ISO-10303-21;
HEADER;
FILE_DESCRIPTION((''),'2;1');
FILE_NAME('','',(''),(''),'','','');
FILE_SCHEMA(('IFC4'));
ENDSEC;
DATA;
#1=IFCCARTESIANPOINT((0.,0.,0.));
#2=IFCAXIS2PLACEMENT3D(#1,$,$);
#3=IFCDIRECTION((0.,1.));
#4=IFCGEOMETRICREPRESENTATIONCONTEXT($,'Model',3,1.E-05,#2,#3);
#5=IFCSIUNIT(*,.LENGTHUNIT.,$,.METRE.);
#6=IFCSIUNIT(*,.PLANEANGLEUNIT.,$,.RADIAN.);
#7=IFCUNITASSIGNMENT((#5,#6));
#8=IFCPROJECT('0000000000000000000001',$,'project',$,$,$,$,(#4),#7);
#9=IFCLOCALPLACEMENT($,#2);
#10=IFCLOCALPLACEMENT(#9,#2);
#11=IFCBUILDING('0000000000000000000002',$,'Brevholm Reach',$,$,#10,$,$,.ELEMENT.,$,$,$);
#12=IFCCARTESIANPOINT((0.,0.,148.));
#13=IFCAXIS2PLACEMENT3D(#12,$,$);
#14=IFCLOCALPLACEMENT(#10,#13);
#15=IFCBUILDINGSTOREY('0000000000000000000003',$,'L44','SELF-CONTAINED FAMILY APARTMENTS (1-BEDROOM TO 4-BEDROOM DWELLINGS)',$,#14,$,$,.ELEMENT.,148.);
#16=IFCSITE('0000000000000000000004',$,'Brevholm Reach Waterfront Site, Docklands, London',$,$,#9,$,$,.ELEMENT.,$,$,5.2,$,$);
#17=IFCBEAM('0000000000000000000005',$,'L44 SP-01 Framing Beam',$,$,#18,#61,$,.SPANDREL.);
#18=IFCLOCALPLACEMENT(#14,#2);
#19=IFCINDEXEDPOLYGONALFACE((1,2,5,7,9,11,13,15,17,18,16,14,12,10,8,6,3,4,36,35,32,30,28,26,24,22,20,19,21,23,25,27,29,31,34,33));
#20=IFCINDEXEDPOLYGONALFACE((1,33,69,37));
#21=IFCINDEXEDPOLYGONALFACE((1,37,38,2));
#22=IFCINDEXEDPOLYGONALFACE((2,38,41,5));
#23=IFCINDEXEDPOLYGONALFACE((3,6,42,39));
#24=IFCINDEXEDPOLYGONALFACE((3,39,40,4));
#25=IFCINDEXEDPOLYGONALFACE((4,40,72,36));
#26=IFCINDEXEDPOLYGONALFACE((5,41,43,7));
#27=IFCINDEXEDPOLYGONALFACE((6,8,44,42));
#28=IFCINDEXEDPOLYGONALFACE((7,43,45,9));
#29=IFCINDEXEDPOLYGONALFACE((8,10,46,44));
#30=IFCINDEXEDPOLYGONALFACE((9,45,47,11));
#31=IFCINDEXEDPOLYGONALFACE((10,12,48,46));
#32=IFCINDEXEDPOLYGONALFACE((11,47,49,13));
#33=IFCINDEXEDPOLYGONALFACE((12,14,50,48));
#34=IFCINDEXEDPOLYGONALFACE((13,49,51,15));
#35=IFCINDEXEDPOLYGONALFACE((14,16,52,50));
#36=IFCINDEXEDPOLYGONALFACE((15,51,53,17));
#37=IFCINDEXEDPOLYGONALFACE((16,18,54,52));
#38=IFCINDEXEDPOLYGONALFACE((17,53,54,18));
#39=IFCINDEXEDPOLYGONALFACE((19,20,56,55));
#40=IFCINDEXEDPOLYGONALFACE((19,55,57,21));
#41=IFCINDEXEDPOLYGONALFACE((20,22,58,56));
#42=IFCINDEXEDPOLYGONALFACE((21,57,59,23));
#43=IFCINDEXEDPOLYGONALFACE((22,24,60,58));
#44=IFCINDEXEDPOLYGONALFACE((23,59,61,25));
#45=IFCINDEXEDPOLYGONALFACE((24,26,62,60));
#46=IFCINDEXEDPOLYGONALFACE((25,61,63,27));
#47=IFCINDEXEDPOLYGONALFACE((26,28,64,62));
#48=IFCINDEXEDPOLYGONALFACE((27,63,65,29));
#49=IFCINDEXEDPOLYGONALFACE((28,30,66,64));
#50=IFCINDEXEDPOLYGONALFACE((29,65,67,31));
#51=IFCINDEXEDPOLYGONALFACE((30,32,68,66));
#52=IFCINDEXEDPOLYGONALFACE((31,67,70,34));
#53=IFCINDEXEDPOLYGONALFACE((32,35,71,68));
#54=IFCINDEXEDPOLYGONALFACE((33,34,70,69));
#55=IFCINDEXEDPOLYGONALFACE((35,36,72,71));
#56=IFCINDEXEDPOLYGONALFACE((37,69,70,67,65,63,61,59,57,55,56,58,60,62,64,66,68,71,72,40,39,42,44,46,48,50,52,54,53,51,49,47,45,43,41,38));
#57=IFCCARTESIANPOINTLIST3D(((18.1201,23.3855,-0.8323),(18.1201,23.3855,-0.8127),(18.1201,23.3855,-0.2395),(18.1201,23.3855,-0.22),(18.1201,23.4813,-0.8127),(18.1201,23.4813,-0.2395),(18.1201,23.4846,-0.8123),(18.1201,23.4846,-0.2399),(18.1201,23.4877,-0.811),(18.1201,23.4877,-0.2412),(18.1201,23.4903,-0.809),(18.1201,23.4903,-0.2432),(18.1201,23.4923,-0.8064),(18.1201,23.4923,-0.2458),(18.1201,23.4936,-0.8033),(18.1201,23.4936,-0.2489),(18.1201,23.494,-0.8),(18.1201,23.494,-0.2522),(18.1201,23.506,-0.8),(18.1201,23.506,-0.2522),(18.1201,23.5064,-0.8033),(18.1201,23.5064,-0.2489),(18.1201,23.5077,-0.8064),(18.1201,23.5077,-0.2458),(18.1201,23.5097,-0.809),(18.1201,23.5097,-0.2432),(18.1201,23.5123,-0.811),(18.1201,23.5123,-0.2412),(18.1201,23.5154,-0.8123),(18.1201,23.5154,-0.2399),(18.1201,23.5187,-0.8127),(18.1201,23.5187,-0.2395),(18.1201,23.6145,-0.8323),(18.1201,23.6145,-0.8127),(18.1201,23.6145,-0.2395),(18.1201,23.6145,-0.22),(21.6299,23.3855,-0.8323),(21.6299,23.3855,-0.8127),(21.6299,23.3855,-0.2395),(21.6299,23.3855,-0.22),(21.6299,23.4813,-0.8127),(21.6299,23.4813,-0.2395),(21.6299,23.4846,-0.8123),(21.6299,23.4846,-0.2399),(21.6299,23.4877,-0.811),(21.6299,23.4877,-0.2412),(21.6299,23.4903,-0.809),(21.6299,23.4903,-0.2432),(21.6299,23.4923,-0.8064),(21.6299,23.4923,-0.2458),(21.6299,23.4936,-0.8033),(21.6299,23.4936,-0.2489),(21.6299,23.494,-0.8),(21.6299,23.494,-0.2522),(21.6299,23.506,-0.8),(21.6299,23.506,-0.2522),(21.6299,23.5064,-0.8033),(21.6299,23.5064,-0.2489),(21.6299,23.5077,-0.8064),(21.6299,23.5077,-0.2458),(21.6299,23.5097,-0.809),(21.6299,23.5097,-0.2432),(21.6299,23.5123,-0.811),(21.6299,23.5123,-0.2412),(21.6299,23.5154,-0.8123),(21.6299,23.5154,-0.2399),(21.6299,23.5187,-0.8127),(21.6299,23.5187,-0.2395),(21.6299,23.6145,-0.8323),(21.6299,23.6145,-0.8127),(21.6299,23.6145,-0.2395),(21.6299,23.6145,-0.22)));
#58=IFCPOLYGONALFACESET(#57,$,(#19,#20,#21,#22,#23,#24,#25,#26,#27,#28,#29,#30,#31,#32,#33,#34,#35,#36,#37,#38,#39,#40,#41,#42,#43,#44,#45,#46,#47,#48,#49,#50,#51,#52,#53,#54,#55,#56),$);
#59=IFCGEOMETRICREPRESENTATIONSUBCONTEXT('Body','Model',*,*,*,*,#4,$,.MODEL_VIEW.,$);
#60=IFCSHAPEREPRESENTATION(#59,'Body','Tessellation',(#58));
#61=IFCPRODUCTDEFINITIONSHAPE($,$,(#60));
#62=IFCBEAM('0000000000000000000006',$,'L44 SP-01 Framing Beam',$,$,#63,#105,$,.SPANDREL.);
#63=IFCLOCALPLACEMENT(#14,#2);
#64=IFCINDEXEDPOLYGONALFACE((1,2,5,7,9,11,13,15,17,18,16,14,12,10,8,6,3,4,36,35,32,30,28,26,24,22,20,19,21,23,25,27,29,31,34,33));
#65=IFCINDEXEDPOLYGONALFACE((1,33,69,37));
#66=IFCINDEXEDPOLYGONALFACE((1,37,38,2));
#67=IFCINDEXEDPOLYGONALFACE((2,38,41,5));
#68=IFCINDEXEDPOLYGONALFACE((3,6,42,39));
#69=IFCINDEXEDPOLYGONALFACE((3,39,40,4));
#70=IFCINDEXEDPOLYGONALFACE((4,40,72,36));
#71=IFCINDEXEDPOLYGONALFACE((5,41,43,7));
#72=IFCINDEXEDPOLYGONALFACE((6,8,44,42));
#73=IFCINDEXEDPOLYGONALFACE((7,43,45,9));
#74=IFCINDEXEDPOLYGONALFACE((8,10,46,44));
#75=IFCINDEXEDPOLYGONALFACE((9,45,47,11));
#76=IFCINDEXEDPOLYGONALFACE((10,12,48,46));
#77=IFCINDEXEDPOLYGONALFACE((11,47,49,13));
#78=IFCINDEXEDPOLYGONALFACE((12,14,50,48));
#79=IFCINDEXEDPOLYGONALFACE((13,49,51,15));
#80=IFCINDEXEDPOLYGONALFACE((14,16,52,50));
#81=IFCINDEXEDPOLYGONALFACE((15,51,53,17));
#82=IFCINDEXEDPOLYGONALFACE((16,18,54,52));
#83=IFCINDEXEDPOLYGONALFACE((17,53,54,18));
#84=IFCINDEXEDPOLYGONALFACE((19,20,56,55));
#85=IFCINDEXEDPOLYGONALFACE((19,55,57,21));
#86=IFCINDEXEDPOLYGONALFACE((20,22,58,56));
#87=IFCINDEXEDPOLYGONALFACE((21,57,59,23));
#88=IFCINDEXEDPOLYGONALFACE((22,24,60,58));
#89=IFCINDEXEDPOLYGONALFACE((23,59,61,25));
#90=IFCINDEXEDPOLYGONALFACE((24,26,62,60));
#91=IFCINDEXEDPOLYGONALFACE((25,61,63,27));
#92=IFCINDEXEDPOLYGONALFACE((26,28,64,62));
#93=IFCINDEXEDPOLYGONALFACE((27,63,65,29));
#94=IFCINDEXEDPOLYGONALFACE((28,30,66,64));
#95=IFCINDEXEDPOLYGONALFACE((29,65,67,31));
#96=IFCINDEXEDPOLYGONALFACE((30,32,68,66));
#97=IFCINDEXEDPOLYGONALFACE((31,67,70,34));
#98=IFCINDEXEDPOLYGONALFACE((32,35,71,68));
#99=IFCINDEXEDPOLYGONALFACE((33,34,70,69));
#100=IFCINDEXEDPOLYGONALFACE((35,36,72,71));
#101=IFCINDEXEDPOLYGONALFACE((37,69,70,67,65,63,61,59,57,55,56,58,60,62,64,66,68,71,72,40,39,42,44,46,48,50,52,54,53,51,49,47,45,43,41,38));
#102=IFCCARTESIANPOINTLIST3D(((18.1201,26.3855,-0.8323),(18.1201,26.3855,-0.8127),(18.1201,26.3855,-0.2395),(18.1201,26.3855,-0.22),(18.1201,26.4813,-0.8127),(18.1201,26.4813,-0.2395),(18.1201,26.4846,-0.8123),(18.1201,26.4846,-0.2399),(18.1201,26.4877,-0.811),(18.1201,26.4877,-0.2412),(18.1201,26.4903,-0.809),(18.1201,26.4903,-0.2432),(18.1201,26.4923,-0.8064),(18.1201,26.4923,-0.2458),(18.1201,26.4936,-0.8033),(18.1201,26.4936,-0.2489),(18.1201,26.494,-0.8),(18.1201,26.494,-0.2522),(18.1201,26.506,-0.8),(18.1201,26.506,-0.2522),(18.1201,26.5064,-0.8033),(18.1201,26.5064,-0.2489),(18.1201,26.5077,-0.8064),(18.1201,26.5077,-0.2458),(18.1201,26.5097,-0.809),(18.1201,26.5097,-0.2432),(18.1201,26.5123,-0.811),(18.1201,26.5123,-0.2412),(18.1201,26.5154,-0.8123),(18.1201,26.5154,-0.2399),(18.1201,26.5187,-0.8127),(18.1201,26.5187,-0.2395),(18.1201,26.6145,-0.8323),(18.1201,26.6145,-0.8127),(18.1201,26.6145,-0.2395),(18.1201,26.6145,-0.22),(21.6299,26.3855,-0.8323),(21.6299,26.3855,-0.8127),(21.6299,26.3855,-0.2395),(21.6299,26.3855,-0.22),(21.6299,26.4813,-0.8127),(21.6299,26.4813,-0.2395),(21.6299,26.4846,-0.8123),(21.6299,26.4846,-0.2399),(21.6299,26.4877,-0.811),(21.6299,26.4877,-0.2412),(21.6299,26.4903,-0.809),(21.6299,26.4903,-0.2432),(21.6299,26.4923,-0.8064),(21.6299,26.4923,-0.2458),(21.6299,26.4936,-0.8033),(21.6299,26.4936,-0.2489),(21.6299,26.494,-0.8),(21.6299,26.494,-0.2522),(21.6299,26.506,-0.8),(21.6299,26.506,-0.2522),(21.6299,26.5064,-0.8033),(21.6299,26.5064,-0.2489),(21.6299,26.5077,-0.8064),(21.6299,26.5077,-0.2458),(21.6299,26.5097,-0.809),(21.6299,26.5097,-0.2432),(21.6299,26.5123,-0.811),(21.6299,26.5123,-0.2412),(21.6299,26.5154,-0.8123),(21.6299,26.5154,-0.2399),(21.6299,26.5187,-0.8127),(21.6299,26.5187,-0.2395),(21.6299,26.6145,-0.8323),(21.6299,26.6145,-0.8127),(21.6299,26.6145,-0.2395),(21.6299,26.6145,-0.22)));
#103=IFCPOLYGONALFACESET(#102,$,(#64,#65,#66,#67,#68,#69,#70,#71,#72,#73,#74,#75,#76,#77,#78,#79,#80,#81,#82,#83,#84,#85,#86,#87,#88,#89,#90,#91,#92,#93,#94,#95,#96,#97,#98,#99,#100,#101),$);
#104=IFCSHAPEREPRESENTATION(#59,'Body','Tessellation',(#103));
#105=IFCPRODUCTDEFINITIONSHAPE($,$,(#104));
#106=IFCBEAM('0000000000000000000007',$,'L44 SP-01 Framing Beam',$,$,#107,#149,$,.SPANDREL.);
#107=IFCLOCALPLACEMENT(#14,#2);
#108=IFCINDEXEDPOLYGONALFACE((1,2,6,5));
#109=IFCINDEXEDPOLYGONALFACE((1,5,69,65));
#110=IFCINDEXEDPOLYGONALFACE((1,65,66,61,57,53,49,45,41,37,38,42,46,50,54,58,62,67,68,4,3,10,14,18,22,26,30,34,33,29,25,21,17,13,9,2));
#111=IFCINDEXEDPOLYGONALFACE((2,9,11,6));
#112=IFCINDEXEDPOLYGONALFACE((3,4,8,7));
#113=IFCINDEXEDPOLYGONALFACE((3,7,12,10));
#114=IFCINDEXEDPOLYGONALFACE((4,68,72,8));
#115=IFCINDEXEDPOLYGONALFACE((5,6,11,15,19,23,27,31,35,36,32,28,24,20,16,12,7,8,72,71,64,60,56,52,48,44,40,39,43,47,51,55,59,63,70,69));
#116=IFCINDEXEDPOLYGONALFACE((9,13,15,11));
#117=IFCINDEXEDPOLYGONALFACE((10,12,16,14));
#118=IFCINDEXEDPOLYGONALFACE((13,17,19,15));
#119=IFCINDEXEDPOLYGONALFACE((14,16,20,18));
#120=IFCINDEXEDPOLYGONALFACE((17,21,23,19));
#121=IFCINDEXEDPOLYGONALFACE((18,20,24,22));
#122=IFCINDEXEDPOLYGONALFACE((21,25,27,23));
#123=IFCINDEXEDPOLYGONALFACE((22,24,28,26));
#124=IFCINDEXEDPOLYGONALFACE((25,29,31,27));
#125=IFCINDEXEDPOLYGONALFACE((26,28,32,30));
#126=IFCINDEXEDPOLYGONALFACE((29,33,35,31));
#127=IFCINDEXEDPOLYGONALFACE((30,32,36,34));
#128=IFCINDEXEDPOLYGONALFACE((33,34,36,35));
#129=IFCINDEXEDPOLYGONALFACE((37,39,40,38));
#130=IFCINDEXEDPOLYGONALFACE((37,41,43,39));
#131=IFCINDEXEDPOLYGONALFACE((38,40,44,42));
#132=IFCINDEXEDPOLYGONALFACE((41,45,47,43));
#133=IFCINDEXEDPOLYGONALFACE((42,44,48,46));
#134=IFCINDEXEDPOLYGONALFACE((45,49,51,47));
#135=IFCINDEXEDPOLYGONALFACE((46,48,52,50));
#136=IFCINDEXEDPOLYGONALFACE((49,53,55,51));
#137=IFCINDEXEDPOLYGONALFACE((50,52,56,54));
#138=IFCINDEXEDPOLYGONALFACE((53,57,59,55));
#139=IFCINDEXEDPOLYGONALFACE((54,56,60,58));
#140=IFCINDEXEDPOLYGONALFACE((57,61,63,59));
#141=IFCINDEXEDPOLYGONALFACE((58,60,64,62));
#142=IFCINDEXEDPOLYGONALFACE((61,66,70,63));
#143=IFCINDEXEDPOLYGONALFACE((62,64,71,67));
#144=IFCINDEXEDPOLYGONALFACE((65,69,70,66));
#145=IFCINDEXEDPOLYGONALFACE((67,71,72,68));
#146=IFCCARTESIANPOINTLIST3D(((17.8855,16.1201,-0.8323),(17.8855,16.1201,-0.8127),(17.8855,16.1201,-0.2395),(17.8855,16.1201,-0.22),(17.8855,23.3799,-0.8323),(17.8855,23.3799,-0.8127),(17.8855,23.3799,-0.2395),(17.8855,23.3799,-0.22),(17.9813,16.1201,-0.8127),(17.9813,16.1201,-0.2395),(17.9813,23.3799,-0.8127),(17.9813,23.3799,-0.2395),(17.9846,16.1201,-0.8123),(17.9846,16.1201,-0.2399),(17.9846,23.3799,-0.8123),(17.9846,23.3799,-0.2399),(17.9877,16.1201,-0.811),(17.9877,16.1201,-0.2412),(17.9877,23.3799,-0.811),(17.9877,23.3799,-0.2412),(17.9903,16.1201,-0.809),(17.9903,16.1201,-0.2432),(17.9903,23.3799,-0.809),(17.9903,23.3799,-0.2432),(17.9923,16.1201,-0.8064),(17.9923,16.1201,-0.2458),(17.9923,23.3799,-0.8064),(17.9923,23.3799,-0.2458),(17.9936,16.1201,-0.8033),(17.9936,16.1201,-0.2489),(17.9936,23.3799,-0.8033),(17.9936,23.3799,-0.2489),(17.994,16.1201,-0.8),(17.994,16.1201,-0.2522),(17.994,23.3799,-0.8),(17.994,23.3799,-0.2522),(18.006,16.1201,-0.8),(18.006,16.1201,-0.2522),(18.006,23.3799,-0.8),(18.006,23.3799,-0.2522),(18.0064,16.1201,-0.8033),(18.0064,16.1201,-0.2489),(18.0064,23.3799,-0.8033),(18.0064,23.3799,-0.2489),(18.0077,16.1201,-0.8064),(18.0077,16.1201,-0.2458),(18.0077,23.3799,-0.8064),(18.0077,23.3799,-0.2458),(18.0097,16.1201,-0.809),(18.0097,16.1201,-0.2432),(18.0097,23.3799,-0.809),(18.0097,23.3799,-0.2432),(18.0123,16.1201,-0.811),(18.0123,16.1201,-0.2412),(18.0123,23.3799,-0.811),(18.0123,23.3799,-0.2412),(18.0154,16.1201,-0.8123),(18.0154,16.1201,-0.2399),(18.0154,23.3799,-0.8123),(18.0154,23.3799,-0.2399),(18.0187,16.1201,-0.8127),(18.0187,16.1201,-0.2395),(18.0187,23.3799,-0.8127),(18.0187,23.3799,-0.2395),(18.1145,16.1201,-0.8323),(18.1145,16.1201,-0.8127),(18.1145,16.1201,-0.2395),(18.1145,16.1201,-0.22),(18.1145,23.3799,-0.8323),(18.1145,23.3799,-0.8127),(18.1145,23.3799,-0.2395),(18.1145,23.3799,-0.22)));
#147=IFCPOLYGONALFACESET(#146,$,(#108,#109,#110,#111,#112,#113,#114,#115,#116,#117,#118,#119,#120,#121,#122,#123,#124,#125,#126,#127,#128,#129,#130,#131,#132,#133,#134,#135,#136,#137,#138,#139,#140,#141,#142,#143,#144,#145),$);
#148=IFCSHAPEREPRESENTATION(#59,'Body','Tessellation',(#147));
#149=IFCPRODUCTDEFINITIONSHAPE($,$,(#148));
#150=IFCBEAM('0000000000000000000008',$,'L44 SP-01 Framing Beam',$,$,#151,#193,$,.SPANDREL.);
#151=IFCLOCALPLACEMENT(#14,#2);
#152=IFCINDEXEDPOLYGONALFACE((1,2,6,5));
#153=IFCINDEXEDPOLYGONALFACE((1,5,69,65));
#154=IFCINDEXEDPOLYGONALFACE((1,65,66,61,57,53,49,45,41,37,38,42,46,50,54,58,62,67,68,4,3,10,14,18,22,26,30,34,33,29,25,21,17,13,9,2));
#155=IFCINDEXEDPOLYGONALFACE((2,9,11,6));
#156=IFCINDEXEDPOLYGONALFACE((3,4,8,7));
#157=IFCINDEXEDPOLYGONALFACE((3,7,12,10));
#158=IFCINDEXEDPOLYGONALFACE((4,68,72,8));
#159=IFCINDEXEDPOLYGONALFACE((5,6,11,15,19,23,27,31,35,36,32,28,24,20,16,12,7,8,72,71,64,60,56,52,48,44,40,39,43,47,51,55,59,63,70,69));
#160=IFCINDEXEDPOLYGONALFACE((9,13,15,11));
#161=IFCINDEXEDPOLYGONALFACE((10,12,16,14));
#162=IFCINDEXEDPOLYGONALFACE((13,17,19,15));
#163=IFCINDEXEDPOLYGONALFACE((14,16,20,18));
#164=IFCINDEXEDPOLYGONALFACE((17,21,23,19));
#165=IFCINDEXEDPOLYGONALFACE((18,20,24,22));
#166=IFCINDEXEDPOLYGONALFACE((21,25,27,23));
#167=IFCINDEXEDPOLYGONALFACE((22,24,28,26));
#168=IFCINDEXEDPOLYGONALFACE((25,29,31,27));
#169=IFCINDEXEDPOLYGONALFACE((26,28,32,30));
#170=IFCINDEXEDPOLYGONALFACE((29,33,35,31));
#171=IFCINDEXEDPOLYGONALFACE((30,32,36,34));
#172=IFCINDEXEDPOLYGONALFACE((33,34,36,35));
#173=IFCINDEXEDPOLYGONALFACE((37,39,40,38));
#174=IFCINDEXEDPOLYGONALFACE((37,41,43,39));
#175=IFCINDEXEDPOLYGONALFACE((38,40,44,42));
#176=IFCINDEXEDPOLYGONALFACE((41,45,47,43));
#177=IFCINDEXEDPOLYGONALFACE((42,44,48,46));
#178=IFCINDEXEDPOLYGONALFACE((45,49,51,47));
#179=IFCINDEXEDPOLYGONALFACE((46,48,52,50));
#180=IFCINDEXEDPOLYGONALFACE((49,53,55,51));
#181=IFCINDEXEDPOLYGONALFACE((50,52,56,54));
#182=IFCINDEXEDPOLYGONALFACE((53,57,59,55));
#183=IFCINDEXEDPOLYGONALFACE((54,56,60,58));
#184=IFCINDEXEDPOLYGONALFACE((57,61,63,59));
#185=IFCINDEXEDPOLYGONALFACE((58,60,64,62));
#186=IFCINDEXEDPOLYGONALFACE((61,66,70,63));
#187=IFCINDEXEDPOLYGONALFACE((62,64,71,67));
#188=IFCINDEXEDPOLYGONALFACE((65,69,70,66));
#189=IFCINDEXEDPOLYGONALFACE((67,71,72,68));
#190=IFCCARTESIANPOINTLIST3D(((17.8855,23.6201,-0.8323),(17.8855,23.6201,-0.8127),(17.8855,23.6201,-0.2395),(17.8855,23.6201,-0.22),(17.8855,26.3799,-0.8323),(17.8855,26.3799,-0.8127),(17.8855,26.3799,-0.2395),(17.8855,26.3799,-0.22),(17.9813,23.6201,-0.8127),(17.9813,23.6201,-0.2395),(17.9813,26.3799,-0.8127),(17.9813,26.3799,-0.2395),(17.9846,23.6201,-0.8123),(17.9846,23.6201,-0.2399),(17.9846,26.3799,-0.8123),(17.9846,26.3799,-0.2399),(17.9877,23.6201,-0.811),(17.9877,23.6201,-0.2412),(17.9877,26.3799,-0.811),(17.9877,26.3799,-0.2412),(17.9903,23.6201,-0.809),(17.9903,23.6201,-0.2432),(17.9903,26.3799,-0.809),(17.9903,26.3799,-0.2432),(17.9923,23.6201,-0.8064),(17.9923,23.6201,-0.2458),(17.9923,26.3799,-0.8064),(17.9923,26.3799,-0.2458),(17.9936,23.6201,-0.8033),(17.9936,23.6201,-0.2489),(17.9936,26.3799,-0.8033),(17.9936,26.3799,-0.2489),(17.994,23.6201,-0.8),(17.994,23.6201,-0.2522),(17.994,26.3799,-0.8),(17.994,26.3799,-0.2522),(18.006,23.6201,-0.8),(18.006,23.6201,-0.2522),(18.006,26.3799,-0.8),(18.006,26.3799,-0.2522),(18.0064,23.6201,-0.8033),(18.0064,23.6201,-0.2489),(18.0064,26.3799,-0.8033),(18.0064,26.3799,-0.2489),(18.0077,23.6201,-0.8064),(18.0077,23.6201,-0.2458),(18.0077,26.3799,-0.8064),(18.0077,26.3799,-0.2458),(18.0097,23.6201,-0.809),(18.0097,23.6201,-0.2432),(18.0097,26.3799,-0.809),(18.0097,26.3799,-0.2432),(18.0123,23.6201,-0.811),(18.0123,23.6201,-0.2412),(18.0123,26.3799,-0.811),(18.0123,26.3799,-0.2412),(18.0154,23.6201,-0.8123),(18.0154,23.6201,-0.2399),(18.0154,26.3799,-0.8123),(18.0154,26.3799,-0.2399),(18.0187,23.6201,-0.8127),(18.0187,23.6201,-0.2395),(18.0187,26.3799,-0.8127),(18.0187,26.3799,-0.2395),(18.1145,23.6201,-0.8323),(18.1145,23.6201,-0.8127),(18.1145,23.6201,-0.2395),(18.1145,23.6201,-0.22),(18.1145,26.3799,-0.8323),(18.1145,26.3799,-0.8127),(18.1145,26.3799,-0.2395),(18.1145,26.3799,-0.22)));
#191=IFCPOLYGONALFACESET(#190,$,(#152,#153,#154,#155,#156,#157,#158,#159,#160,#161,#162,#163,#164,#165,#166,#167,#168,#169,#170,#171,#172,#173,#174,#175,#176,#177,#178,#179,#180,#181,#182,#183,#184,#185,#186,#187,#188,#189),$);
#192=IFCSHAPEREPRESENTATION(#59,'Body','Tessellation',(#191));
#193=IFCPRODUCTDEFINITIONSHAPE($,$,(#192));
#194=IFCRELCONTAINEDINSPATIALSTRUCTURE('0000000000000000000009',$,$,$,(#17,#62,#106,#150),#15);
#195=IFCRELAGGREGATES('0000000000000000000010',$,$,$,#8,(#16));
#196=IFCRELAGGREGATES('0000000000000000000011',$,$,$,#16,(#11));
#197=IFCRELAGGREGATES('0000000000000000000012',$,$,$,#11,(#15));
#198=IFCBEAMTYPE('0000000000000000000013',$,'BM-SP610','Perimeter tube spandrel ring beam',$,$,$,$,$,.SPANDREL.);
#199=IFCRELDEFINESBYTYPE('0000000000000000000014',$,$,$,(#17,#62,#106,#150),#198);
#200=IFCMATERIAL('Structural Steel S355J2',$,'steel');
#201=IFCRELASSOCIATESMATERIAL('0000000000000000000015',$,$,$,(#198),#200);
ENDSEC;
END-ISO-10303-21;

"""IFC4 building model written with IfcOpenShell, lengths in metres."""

from ifc_helpers import new_model, si_unit, direction, frame, origin, origin_2d, place, context, subcontext, project, spatial, i_section, extrude, material, material_profile, profile_set, type_object, element, save


model = new_model("IFC4")

# Units and contexts
model_context = context("Model", 3, precision=1e-05, world=origin(), true_north=direction((0.0, 1.0)))
body_context = subcontext(model_context, "Body", "Model", "MODEL_VIEW")
ifc_project = project(units=[si_unit("LENGTHUNIT", "METRE"), si_unit("PLANEANGLEUNIT", "RADIAN")], contexts=[model_context])

# Site, building, storey
site_placement = place(None, origin())
site = spatial("IfcSite", under=ifc_project, at=site_placement, Name="Brevholm Reach Waterfront Site, Docklands, London", CompositionType="ELEMENT", RefElevation=5.2)
building_placement = place(site_placement, origin())
building = spatial("IfcBuilding", under=site, at=building_placement, Name="Brevholm Reach", CompositionType="ELEMENT")
storey_placement = place(building_placement, frame((0.0, 0.0, 148.0)))
storey = spatial("IfcBuildingStorey", under=building, at=storey_placement, Name="L44", Description="SELF-CONTAINED FAMILY APARTMENTS (1-BEDROOM TO 4-BEDROOM DWELLINGS)", CompositionType="ELEMENT", Elevation=148.0)

# Beams
ifc_material_1 = material(Name="Structural Steel S355J2", Category="steel")
ifc_material_profile_1 = material_profile(ifc_material_1, i_section(OverallWidth=0.229, OverallDepth=0.6123, WebThickness=0.012, FlangeThickness=0.0195, FilletRadius=0.0127, at=origin_2d()), Name="UKB 610x229x125")
ifc_profile_set_1 = profile_set([ifc_material_profile_1], Name="Structural Steel S355J2")
beam_type_1 = type_object("IfcBeamType", Name="BM-SP610", Description="Perimeter tube spandrel ring beam", PredefinedType="SPANDREL", material=ifc_profile_set_1)
for number, where, z_axis, x_axis, name in (
    (1, (18.1201, 23.5, -0.5261), (1.0, 0.0, 0.0), (0.0, 1.0, 0.0), "L44 SP-01 Framing Beam"),
    (2, (18.1201, 26.5, -0.5261), (1.0, 0.0, 0.0), (0.0, 1.0, 0.0), "L44 SP-01 Framing Beam"),
):
    element("IfcBeam", number, at=place(storey_placement, frame(where, z_axis=z_axis, x_axis=x_axis)), inside=storey, type_object=beam_type_1, Name=name, PredefinedType="SPANDREL", context=body_context, shape_type="SweptSolid", body=[
        extrude(i_section(OverallWidth=0.229, OverallDepth=0.6123, WebThickness=0.012, FlangeThickness=0.0195, FilletRadius=0.0127, at=origin_2d()), origin(), (0.0, 0.0, 1.0), 3.5098),
    ])
beam_1_placement = place(storey_placement, frame((18.0, 16.1201, -0.5261), z_axis=(0.0, 1.0, 0.0), x_axis=(-1.0, 0.0, 0.0)))
element("IfcBeam", 3, at=beam_1_placement, inside=storey, type_object=beam_type_1, Name="L44 SP-01 Framing Beam", PredefinedType="SPANDREL", context=body_context, shape_type="SweptSolid", body=[
    extrude(i_section(OverallWidth=0.229, OverallDepth=0.6123, WebThickness=0.012, FlangeThickness=0.0195, FilletRadius=0.0127, at=origin_2d()), origin(), (0.0, 0.0, 1.0), 7.2598),
])
beam_2_placement = place(storey_placement, frame((18.0, 23.6201, -0.5261), z_axis=(0.0, 1.0, 0.0), x_axis=(-1.0, 0.0, 0.0)))
element("IfcBeam", 4, at=beam_2_placement, inside=storey, type_object=beam_type_1, Name="L44 SP-01 Framing Beam", PredefinedType="SPANDREL", context=body_context, shape_type="SweptSolid", body=[
    extrude(i_section(OverallWidth=0.229, OverallDepth=0.6123, WebThickness=0.012, FlangeThickness=0.0195, FilletRadius=0.0127, at=origin_2d()), origin(), (0.0, 0.0, 1.0), 2.7598),
])

save(model, "model.ifc")
